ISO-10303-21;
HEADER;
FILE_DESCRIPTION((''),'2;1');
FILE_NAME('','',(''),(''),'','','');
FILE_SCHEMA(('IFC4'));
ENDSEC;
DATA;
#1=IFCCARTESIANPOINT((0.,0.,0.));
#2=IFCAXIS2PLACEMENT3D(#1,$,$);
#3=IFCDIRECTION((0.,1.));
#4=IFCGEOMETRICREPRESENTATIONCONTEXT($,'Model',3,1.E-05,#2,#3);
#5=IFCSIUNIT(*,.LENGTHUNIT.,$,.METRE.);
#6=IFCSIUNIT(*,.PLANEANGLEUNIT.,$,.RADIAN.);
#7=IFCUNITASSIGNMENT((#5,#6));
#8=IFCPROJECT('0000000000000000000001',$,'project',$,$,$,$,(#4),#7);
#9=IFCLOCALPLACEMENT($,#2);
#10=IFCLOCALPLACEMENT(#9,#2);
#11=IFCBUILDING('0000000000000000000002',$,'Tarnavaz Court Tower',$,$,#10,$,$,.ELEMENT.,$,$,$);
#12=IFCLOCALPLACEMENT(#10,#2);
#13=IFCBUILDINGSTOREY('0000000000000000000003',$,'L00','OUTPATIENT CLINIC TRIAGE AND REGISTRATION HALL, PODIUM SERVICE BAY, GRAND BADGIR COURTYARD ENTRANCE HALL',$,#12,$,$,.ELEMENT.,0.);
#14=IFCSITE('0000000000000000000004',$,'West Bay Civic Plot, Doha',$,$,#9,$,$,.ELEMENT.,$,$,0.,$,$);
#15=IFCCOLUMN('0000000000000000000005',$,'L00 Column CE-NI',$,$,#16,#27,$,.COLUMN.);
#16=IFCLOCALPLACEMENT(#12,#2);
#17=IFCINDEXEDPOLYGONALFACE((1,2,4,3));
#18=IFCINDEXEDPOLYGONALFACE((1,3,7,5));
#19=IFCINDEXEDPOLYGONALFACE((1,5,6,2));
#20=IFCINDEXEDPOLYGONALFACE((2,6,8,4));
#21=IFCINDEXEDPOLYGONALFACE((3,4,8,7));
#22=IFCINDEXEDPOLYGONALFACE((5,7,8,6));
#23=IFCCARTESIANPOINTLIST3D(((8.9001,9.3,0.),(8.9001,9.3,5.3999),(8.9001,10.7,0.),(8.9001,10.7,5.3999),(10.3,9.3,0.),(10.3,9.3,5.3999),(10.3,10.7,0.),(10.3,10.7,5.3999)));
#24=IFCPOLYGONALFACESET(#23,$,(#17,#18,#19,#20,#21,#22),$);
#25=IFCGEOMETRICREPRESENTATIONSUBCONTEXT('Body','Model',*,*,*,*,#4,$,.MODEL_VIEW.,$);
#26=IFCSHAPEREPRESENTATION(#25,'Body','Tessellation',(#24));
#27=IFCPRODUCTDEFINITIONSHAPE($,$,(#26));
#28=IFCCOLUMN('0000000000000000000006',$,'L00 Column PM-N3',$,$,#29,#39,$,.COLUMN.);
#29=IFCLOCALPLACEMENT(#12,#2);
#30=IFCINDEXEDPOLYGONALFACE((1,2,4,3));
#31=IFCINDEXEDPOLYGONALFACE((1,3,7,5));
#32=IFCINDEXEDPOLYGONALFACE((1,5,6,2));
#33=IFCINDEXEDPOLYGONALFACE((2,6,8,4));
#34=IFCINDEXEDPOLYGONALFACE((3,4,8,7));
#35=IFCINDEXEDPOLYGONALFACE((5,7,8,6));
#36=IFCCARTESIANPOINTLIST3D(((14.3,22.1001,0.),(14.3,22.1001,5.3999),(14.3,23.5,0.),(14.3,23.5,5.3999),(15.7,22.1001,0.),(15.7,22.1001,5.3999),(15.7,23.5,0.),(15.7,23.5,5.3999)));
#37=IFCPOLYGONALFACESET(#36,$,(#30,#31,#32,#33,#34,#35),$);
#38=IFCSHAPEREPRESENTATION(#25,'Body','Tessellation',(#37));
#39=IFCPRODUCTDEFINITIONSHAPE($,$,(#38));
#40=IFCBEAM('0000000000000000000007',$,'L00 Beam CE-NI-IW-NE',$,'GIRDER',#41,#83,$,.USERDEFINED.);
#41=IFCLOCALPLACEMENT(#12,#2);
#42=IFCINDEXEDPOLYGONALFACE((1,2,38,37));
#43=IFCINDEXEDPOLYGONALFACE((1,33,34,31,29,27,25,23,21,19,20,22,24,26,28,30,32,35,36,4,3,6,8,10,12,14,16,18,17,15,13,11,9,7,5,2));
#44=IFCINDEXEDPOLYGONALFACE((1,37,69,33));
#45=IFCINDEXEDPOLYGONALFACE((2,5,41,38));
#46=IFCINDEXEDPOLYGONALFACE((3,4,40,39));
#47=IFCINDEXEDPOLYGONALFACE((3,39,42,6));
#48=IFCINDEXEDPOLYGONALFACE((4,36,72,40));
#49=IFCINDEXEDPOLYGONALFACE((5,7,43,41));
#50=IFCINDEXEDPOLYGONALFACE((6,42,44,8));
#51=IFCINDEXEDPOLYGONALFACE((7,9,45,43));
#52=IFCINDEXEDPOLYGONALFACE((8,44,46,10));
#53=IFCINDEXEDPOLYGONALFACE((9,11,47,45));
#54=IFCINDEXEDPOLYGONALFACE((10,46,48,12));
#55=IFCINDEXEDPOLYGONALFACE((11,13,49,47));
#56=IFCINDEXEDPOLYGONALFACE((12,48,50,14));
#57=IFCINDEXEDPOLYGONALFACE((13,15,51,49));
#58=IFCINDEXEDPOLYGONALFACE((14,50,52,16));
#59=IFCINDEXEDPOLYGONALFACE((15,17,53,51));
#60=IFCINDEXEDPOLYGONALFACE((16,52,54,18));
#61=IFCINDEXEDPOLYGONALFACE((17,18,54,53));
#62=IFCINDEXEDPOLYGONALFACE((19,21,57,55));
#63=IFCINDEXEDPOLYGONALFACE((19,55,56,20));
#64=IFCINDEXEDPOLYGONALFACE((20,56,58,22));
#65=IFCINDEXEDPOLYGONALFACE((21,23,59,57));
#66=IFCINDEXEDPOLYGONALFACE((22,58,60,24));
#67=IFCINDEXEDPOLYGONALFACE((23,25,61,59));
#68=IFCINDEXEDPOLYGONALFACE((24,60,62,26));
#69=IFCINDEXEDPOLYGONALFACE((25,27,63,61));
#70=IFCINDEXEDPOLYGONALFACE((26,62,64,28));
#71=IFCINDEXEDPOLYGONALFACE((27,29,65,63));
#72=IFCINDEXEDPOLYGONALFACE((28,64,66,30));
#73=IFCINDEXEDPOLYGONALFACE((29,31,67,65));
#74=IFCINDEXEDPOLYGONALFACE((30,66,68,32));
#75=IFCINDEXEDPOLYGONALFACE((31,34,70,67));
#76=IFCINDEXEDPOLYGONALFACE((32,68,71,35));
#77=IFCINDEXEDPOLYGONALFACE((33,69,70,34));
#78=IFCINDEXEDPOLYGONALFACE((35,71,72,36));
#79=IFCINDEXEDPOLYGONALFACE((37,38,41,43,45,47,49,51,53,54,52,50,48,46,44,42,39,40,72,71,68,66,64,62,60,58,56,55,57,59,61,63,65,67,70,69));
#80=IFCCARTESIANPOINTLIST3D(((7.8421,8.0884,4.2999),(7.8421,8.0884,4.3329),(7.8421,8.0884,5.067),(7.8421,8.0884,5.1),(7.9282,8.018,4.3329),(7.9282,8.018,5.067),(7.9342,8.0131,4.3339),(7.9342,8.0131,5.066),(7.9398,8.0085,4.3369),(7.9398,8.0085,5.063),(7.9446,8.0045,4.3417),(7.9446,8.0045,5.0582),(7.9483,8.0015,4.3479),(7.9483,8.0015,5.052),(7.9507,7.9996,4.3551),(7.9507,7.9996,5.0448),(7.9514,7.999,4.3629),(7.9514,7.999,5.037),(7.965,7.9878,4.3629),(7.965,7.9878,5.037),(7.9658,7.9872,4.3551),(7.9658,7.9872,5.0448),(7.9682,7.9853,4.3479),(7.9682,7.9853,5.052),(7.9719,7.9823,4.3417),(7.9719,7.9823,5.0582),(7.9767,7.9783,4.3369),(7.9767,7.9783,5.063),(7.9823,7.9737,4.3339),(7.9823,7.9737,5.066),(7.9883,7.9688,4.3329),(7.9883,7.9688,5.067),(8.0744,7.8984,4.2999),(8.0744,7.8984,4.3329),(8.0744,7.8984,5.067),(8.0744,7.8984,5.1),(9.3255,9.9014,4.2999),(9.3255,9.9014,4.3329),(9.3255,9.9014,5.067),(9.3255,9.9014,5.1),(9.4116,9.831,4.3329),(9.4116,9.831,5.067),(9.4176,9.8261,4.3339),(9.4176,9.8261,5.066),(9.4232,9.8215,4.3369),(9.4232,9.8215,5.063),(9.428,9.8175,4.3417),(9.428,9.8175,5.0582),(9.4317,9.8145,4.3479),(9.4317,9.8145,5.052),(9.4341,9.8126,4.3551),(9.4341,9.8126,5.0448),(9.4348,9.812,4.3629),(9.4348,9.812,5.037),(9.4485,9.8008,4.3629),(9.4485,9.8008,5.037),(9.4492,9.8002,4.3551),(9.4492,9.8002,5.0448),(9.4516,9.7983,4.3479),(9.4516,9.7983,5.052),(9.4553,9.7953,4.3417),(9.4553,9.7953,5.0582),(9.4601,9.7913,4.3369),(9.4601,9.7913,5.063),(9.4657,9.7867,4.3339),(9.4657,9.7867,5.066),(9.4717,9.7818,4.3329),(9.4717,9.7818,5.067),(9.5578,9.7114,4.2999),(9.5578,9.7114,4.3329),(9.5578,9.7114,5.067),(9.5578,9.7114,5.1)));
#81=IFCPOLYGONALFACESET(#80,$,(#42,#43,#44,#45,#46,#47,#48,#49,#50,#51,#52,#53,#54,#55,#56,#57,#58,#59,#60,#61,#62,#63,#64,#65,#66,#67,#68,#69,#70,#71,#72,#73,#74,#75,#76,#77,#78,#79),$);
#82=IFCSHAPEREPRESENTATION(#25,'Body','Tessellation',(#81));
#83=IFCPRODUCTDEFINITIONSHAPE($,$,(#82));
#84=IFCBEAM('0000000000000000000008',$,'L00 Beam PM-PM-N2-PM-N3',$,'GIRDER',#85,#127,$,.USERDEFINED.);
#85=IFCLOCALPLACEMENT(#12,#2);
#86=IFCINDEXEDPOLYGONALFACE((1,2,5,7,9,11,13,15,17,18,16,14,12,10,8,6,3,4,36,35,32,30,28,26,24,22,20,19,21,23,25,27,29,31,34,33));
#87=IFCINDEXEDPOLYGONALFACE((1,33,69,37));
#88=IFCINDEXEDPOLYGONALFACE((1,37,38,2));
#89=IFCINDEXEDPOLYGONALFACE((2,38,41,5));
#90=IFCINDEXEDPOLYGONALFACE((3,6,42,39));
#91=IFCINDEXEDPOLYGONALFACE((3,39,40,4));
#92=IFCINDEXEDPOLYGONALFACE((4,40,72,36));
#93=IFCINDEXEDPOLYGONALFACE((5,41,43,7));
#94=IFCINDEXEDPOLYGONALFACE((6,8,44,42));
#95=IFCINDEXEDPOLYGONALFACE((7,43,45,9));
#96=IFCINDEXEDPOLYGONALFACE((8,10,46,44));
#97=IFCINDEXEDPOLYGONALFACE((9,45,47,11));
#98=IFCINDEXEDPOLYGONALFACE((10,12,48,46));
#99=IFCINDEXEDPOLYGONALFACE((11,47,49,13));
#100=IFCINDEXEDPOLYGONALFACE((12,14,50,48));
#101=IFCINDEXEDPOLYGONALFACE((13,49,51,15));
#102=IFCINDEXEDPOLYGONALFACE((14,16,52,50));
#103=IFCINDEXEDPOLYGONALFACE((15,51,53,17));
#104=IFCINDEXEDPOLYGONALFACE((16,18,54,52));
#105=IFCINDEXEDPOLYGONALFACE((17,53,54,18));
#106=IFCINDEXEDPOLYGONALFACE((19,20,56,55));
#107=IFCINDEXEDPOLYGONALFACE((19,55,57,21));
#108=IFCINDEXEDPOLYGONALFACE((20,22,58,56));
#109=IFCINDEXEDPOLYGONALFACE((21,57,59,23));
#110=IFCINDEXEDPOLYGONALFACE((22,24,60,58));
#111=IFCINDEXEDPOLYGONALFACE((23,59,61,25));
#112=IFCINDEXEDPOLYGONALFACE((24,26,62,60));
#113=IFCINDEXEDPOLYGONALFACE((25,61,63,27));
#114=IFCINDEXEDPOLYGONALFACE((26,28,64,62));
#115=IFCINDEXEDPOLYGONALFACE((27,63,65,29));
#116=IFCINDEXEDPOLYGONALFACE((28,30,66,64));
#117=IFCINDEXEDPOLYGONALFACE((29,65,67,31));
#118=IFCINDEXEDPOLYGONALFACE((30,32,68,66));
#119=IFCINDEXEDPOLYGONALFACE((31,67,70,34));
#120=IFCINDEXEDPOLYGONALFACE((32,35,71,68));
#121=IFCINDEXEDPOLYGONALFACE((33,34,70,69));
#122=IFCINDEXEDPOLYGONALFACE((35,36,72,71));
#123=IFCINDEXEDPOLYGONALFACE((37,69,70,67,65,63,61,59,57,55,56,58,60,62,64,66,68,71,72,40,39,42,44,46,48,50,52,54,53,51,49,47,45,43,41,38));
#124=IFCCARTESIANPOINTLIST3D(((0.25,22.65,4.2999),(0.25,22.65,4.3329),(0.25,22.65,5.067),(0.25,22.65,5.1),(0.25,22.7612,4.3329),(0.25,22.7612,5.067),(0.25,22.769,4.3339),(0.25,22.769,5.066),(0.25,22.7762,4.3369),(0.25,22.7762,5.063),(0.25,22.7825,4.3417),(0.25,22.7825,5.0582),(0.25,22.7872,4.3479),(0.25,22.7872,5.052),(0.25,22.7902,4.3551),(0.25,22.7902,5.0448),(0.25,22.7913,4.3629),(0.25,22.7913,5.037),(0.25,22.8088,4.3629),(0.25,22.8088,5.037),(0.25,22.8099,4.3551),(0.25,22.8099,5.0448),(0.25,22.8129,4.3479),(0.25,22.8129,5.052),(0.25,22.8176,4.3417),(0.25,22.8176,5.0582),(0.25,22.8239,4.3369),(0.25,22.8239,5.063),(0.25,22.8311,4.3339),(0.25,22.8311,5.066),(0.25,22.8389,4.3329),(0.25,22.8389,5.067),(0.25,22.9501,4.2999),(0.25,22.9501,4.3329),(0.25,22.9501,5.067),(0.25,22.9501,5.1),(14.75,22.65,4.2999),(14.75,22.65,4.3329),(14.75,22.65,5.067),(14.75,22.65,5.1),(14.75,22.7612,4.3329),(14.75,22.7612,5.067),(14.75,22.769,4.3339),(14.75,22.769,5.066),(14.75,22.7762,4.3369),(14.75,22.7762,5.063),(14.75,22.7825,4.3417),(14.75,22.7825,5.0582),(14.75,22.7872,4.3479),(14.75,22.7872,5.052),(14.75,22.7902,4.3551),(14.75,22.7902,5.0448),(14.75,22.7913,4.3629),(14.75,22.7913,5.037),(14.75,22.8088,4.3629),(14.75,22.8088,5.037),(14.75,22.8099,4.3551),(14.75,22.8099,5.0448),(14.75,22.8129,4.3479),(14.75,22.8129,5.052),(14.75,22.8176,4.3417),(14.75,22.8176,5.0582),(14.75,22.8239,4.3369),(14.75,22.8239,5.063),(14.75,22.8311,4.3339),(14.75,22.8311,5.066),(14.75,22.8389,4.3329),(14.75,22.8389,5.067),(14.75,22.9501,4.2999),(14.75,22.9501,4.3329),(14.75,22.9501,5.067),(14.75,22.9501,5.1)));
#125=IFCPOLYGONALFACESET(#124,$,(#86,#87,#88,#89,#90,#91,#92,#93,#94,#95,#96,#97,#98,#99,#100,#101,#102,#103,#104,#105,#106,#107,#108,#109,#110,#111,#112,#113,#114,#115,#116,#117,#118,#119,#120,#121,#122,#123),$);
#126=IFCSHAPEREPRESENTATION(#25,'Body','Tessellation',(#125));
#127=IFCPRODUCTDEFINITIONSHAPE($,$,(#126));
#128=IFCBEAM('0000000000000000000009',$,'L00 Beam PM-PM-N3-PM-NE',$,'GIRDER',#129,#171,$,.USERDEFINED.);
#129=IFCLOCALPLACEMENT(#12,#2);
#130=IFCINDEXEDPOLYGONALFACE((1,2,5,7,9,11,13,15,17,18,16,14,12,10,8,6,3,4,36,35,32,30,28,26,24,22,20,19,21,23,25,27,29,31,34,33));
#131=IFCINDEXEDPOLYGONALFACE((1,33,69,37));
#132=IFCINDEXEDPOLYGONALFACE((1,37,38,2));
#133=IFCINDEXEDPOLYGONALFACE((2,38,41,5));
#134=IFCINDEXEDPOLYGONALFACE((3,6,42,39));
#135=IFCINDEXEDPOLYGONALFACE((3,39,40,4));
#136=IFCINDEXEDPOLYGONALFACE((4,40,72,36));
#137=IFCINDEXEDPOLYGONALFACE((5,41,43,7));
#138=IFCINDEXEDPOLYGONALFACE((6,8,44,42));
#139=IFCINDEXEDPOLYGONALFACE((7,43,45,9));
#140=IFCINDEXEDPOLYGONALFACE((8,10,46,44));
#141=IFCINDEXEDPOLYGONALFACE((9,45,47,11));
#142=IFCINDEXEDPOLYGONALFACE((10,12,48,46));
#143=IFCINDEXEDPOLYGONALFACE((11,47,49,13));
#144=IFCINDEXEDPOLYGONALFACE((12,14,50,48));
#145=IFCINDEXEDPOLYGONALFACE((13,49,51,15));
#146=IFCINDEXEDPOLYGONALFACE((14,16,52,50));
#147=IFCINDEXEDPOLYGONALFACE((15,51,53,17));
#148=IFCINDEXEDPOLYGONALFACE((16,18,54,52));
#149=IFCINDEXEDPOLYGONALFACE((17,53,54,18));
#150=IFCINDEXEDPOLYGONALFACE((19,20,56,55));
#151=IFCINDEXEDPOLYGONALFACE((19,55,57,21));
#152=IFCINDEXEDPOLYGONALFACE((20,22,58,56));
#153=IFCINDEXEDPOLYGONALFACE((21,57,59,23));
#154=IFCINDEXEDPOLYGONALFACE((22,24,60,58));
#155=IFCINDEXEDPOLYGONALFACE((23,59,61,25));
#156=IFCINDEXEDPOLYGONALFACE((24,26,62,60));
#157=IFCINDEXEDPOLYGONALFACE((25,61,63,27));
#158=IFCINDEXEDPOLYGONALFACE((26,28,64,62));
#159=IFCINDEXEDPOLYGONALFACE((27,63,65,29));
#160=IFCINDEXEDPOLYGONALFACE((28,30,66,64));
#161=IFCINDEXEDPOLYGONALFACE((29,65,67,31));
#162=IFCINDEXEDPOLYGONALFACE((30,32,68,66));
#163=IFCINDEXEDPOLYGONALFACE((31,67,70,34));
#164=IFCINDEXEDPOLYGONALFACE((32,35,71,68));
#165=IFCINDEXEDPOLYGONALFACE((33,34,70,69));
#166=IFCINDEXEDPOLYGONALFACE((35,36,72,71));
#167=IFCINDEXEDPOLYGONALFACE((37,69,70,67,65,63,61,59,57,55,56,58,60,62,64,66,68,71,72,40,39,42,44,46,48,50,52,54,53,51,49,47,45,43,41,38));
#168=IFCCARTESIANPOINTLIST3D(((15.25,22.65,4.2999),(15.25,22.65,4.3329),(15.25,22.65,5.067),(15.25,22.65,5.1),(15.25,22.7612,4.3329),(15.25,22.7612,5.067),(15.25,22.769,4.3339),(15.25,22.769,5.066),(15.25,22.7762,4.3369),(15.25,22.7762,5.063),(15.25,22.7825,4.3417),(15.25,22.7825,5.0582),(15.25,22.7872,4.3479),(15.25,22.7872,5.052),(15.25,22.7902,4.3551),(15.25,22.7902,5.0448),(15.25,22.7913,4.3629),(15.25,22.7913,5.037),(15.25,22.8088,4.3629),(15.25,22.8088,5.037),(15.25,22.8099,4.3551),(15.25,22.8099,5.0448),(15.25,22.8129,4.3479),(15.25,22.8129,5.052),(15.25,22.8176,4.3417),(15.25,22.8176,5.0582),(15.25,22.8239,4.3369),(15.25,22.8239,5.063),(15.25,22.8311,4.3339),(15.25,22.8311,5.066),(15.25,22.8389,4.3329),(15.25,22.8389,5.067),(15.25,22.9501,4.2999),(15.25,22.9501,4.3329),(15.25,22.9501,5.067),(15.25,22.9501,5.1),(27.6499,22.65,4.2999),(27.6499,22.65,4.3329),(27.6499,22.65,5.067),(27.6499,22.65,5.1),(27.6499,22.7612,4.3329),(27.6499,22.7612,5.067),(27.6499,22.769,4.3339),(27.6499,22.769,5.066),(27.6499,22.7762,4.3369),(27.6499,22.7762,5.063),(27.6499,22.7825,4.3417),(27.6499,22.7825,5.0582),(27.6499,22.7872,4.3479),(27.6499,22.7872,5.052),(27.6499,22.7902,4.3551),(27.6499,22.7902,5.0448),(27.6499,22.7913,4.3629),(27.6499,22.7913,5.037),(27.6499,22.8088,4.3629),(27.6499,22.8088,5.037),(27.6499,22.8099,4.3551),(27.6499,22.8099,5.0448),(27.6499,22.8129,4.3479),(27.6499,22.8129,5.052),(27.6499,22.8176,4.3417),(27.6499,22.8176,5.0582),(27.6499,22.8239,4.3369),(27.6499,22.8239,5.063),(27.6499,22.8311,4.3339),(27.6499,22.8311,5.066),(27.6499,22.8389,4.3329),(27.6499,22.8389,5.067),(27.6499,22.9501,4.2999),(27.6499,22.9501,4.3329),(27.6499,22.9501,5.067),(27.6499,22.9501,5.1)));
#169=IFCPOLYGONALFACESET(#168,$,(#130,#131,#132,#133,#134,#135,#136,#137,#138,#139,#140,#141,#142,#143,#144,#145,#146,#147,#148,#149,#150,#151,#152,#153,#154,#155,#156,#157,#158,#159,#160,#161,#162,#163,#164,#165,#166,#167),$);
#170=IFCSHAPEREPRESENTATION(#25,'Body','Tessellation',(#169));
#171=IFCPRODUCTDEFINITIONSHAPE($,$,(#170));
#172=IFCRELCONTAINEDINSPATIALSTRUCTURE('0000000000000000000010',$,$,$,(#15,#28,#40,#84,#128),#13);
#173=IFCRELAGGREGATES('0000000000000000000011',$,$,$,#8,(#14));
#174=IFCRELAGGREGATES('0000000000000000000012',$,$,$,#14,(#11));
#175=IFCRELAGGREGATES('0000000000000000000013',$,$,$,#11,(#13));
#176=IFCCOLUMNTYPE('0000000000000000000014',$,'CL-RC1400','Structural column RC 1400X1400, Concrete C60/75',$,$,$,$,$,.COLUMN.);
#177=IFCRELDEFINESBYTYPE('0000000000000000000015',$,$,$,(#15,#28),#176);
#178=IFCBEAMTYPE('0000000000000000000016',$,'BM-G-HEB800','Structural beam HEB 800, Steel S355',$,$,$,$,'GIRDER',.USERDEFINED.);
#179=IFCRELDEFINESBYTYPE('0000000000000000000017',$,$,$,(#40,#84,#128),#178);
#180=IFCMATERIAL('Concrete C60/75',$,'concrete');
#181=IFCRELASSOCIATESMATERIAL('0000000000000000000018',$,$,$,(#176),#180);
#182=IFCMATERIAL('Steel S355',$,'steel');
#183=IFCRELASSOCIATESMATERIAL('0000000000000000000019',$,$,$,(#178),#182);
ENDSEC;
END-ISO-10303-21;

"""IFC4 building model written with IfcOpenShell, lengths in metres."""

from ifc_helpers import new_model, si_unit, direction, frame, origin, origin_2d, place, context, subcontext, project, spatial, rectangle, i_section, extrude, material, material_profile, profile_set, type_object, element, save


model = new_model("IFC4")

# Units and contexts
model_context = context("Model", 3, precision=1e-05, world=origin(), true_north=direction((0.0, 1.0)))
body_context = subcontext(model_context, "Body", "Model", "MODEL_VIEW")
ifc_project = project(units=[si_unit("LENGTHUNIT", "METRE"), si_unit("PLANEANGLEUNIT", "RADIAN")], contexts=[model_context])

# Site, building, storey
site_placement = place(None, origin())
site = spatial("IfcSite", under=ifc_project, at=site_placement, Name="West Bay Civic Plot, Doha", CompositionType="ELEMENT", RefElevation=0.0)
building_placement = place(site_placement, origin())
building = spatial("IfcBuilding", under=site, at=building_placement, Name="Tarnavaz Court Tower", CompositionType="ELEMENT")
storey_placement = place(building_placement, origin())
storey = spatial("IfcBuildingStorey", under=building, at=storey_placement, Name="L00", Description="OUTPATIENT CLINIC TRIAGE AND REGISTRATION HALL, PODIUM SERVICE BAY, GRAND BADGIR COURTYARD ENTRANCE HALL", CompositionType="ELEMENT", Elevation=0.0)

# Columns
ifc_material_1 = material(Name="Concrete C60/75", Category="concrete")
ifc_material_profile_1 = material_profile(ifc_material_1, rectangle(XDim=1.3999, YDim=1.3999, at=origin_2d()), Name="RC 1400X1400")
ifc_profile_set_1 = profile_set([ifc_material_profile_1], Name="Concrete C60/75")
column_type = type_object("IfcColumnType", Name="CL-RC1400", Description="Structural column RC 1400X1400, Concrete C60/75", PredefinedType="COLUMN", material=ifc_profile_set_1)
for number, where, z_axis, x_axis, name in (
    (1, (9.6001, 10.0, 0.0), (0.0, 0.0, 1.0), (1.0, 0.0, 0.0), "L00 Column CE-NI"),
    (2, (15.0, 22.8, 0.0), (0.0, 0.0, 1.0), (1.0, 0.0, 0.0), "L00 Column PM-N3"),
):
    element("IfcColumn", number, at=place(storey_placement, frame(where, z_axis=z_axis, x_axis=x_axis)), inside=storey, type_object=column_type, Name=name, PredefinedType="COLUMN", context=body_context, shape_type="SweptSolid", body=[
        extrude(rectangle(XDim=1.3999, YDim=1.3999, at=origin_2d()), origin(), (0.0, 0.0, 1.0), 5.3999),
    ])

# Beams
ifc_material_2 = material(Name="Steel S355", Category="steel")
ifc_material_profile_2 = material_profile(ifc_material_2, i_section(OverallWidth=0.3, OverallDepth=0.8, WebThickness=0.0176, FlangeThickness=0.033, FilletRadius=0.03, at=origin_2d()), Name="HEB 800")
ifc_profile_set_2 = profile_set([ifc_material_profile_2], Name="Steel S355")
beam_type_1 = type_object("IfcBeamType", Name="BM-G-HEB800", Description="Structural beam HEB 800, Steel S355", ElementType="GIRDER", PredefinedType="USERDEFINED", material=ifc_profile_set_2)
beam_1_placement = place(storey_placement, frame((9.4417, 9.8064, 4.7), z_axis=(-0.633249, -0.773948, 0.0), x_axis=(0.773948, -0.633249, 0.0)))
element("IfcBeam", 3, at=beam_1_placement, inside=storey, type_object=beam_type_1, Name="L00 Beam CE-NI-IW-NE", ObjectType="GIRDER", PredefinedType="USERDEFINED", context=body_context, shape_type="SweptSolid", body=[
    extrude(i_section(OverallWidth=0.3, OverallDepth=0.8, WebThickness=0.0176, FlangeThickness=0.033, FilletRadius=0.03, at=origin_2d()), origin(), (0.0, 0.0, 1.0), 2.3425),
])
beam_2_placement = place(storey_placement, frame((0.25, 22.8, 4.7), z_axis=(1.0, 0.0, 0.0), x_axis=(0.0, 1.0, 0.0)))
element("IfcBeam", 4, at=beam_2_placement, inside=storey, type_object=beam_type_1, Name="L00 Beam PM-PM-N2-PM-N3", ObjectType="GIRDER", PredefinedType="USERDEFINED", context=body_context, shape_type="SweptSolid", body=[
    extrude(i_section(OverallWidth=0.3, OverallDepth=0.8, WebThickness=0.0176, FlangeThickness=0.033, FilletRadius=0.03, at=origin_2d()), origin(), (0.0, 0.0, 1.0), 14.5),
])
beam_3_placement = place(storey_placement, frame((15.25, 22.8, 4.7), z_axis=(1.0, 0.0, 0.0), x_axis=(0.0, 1.0, 0.0)))
element("IfcBeam", 5, at=beam_3_placement, inside=storey, type_object=beam_type_1, Name="L00 Beam PM-PM-N3-PM-NE", ObjectType="GIRDER", PredefinedType="USERDEFINED", context=body_context, shape_type="SweptSolid", body=[
    extrude(i_section(OverallWidth=0.3, OverallDepth=0.8, WebThickness=0.0176, FlangeThickness=0.033, FilletRadius=0.03, at=origin_2d()), origin(), (0.0, 0.0, 1.0), 12.3999),
])

save(model, "model.ifc")
